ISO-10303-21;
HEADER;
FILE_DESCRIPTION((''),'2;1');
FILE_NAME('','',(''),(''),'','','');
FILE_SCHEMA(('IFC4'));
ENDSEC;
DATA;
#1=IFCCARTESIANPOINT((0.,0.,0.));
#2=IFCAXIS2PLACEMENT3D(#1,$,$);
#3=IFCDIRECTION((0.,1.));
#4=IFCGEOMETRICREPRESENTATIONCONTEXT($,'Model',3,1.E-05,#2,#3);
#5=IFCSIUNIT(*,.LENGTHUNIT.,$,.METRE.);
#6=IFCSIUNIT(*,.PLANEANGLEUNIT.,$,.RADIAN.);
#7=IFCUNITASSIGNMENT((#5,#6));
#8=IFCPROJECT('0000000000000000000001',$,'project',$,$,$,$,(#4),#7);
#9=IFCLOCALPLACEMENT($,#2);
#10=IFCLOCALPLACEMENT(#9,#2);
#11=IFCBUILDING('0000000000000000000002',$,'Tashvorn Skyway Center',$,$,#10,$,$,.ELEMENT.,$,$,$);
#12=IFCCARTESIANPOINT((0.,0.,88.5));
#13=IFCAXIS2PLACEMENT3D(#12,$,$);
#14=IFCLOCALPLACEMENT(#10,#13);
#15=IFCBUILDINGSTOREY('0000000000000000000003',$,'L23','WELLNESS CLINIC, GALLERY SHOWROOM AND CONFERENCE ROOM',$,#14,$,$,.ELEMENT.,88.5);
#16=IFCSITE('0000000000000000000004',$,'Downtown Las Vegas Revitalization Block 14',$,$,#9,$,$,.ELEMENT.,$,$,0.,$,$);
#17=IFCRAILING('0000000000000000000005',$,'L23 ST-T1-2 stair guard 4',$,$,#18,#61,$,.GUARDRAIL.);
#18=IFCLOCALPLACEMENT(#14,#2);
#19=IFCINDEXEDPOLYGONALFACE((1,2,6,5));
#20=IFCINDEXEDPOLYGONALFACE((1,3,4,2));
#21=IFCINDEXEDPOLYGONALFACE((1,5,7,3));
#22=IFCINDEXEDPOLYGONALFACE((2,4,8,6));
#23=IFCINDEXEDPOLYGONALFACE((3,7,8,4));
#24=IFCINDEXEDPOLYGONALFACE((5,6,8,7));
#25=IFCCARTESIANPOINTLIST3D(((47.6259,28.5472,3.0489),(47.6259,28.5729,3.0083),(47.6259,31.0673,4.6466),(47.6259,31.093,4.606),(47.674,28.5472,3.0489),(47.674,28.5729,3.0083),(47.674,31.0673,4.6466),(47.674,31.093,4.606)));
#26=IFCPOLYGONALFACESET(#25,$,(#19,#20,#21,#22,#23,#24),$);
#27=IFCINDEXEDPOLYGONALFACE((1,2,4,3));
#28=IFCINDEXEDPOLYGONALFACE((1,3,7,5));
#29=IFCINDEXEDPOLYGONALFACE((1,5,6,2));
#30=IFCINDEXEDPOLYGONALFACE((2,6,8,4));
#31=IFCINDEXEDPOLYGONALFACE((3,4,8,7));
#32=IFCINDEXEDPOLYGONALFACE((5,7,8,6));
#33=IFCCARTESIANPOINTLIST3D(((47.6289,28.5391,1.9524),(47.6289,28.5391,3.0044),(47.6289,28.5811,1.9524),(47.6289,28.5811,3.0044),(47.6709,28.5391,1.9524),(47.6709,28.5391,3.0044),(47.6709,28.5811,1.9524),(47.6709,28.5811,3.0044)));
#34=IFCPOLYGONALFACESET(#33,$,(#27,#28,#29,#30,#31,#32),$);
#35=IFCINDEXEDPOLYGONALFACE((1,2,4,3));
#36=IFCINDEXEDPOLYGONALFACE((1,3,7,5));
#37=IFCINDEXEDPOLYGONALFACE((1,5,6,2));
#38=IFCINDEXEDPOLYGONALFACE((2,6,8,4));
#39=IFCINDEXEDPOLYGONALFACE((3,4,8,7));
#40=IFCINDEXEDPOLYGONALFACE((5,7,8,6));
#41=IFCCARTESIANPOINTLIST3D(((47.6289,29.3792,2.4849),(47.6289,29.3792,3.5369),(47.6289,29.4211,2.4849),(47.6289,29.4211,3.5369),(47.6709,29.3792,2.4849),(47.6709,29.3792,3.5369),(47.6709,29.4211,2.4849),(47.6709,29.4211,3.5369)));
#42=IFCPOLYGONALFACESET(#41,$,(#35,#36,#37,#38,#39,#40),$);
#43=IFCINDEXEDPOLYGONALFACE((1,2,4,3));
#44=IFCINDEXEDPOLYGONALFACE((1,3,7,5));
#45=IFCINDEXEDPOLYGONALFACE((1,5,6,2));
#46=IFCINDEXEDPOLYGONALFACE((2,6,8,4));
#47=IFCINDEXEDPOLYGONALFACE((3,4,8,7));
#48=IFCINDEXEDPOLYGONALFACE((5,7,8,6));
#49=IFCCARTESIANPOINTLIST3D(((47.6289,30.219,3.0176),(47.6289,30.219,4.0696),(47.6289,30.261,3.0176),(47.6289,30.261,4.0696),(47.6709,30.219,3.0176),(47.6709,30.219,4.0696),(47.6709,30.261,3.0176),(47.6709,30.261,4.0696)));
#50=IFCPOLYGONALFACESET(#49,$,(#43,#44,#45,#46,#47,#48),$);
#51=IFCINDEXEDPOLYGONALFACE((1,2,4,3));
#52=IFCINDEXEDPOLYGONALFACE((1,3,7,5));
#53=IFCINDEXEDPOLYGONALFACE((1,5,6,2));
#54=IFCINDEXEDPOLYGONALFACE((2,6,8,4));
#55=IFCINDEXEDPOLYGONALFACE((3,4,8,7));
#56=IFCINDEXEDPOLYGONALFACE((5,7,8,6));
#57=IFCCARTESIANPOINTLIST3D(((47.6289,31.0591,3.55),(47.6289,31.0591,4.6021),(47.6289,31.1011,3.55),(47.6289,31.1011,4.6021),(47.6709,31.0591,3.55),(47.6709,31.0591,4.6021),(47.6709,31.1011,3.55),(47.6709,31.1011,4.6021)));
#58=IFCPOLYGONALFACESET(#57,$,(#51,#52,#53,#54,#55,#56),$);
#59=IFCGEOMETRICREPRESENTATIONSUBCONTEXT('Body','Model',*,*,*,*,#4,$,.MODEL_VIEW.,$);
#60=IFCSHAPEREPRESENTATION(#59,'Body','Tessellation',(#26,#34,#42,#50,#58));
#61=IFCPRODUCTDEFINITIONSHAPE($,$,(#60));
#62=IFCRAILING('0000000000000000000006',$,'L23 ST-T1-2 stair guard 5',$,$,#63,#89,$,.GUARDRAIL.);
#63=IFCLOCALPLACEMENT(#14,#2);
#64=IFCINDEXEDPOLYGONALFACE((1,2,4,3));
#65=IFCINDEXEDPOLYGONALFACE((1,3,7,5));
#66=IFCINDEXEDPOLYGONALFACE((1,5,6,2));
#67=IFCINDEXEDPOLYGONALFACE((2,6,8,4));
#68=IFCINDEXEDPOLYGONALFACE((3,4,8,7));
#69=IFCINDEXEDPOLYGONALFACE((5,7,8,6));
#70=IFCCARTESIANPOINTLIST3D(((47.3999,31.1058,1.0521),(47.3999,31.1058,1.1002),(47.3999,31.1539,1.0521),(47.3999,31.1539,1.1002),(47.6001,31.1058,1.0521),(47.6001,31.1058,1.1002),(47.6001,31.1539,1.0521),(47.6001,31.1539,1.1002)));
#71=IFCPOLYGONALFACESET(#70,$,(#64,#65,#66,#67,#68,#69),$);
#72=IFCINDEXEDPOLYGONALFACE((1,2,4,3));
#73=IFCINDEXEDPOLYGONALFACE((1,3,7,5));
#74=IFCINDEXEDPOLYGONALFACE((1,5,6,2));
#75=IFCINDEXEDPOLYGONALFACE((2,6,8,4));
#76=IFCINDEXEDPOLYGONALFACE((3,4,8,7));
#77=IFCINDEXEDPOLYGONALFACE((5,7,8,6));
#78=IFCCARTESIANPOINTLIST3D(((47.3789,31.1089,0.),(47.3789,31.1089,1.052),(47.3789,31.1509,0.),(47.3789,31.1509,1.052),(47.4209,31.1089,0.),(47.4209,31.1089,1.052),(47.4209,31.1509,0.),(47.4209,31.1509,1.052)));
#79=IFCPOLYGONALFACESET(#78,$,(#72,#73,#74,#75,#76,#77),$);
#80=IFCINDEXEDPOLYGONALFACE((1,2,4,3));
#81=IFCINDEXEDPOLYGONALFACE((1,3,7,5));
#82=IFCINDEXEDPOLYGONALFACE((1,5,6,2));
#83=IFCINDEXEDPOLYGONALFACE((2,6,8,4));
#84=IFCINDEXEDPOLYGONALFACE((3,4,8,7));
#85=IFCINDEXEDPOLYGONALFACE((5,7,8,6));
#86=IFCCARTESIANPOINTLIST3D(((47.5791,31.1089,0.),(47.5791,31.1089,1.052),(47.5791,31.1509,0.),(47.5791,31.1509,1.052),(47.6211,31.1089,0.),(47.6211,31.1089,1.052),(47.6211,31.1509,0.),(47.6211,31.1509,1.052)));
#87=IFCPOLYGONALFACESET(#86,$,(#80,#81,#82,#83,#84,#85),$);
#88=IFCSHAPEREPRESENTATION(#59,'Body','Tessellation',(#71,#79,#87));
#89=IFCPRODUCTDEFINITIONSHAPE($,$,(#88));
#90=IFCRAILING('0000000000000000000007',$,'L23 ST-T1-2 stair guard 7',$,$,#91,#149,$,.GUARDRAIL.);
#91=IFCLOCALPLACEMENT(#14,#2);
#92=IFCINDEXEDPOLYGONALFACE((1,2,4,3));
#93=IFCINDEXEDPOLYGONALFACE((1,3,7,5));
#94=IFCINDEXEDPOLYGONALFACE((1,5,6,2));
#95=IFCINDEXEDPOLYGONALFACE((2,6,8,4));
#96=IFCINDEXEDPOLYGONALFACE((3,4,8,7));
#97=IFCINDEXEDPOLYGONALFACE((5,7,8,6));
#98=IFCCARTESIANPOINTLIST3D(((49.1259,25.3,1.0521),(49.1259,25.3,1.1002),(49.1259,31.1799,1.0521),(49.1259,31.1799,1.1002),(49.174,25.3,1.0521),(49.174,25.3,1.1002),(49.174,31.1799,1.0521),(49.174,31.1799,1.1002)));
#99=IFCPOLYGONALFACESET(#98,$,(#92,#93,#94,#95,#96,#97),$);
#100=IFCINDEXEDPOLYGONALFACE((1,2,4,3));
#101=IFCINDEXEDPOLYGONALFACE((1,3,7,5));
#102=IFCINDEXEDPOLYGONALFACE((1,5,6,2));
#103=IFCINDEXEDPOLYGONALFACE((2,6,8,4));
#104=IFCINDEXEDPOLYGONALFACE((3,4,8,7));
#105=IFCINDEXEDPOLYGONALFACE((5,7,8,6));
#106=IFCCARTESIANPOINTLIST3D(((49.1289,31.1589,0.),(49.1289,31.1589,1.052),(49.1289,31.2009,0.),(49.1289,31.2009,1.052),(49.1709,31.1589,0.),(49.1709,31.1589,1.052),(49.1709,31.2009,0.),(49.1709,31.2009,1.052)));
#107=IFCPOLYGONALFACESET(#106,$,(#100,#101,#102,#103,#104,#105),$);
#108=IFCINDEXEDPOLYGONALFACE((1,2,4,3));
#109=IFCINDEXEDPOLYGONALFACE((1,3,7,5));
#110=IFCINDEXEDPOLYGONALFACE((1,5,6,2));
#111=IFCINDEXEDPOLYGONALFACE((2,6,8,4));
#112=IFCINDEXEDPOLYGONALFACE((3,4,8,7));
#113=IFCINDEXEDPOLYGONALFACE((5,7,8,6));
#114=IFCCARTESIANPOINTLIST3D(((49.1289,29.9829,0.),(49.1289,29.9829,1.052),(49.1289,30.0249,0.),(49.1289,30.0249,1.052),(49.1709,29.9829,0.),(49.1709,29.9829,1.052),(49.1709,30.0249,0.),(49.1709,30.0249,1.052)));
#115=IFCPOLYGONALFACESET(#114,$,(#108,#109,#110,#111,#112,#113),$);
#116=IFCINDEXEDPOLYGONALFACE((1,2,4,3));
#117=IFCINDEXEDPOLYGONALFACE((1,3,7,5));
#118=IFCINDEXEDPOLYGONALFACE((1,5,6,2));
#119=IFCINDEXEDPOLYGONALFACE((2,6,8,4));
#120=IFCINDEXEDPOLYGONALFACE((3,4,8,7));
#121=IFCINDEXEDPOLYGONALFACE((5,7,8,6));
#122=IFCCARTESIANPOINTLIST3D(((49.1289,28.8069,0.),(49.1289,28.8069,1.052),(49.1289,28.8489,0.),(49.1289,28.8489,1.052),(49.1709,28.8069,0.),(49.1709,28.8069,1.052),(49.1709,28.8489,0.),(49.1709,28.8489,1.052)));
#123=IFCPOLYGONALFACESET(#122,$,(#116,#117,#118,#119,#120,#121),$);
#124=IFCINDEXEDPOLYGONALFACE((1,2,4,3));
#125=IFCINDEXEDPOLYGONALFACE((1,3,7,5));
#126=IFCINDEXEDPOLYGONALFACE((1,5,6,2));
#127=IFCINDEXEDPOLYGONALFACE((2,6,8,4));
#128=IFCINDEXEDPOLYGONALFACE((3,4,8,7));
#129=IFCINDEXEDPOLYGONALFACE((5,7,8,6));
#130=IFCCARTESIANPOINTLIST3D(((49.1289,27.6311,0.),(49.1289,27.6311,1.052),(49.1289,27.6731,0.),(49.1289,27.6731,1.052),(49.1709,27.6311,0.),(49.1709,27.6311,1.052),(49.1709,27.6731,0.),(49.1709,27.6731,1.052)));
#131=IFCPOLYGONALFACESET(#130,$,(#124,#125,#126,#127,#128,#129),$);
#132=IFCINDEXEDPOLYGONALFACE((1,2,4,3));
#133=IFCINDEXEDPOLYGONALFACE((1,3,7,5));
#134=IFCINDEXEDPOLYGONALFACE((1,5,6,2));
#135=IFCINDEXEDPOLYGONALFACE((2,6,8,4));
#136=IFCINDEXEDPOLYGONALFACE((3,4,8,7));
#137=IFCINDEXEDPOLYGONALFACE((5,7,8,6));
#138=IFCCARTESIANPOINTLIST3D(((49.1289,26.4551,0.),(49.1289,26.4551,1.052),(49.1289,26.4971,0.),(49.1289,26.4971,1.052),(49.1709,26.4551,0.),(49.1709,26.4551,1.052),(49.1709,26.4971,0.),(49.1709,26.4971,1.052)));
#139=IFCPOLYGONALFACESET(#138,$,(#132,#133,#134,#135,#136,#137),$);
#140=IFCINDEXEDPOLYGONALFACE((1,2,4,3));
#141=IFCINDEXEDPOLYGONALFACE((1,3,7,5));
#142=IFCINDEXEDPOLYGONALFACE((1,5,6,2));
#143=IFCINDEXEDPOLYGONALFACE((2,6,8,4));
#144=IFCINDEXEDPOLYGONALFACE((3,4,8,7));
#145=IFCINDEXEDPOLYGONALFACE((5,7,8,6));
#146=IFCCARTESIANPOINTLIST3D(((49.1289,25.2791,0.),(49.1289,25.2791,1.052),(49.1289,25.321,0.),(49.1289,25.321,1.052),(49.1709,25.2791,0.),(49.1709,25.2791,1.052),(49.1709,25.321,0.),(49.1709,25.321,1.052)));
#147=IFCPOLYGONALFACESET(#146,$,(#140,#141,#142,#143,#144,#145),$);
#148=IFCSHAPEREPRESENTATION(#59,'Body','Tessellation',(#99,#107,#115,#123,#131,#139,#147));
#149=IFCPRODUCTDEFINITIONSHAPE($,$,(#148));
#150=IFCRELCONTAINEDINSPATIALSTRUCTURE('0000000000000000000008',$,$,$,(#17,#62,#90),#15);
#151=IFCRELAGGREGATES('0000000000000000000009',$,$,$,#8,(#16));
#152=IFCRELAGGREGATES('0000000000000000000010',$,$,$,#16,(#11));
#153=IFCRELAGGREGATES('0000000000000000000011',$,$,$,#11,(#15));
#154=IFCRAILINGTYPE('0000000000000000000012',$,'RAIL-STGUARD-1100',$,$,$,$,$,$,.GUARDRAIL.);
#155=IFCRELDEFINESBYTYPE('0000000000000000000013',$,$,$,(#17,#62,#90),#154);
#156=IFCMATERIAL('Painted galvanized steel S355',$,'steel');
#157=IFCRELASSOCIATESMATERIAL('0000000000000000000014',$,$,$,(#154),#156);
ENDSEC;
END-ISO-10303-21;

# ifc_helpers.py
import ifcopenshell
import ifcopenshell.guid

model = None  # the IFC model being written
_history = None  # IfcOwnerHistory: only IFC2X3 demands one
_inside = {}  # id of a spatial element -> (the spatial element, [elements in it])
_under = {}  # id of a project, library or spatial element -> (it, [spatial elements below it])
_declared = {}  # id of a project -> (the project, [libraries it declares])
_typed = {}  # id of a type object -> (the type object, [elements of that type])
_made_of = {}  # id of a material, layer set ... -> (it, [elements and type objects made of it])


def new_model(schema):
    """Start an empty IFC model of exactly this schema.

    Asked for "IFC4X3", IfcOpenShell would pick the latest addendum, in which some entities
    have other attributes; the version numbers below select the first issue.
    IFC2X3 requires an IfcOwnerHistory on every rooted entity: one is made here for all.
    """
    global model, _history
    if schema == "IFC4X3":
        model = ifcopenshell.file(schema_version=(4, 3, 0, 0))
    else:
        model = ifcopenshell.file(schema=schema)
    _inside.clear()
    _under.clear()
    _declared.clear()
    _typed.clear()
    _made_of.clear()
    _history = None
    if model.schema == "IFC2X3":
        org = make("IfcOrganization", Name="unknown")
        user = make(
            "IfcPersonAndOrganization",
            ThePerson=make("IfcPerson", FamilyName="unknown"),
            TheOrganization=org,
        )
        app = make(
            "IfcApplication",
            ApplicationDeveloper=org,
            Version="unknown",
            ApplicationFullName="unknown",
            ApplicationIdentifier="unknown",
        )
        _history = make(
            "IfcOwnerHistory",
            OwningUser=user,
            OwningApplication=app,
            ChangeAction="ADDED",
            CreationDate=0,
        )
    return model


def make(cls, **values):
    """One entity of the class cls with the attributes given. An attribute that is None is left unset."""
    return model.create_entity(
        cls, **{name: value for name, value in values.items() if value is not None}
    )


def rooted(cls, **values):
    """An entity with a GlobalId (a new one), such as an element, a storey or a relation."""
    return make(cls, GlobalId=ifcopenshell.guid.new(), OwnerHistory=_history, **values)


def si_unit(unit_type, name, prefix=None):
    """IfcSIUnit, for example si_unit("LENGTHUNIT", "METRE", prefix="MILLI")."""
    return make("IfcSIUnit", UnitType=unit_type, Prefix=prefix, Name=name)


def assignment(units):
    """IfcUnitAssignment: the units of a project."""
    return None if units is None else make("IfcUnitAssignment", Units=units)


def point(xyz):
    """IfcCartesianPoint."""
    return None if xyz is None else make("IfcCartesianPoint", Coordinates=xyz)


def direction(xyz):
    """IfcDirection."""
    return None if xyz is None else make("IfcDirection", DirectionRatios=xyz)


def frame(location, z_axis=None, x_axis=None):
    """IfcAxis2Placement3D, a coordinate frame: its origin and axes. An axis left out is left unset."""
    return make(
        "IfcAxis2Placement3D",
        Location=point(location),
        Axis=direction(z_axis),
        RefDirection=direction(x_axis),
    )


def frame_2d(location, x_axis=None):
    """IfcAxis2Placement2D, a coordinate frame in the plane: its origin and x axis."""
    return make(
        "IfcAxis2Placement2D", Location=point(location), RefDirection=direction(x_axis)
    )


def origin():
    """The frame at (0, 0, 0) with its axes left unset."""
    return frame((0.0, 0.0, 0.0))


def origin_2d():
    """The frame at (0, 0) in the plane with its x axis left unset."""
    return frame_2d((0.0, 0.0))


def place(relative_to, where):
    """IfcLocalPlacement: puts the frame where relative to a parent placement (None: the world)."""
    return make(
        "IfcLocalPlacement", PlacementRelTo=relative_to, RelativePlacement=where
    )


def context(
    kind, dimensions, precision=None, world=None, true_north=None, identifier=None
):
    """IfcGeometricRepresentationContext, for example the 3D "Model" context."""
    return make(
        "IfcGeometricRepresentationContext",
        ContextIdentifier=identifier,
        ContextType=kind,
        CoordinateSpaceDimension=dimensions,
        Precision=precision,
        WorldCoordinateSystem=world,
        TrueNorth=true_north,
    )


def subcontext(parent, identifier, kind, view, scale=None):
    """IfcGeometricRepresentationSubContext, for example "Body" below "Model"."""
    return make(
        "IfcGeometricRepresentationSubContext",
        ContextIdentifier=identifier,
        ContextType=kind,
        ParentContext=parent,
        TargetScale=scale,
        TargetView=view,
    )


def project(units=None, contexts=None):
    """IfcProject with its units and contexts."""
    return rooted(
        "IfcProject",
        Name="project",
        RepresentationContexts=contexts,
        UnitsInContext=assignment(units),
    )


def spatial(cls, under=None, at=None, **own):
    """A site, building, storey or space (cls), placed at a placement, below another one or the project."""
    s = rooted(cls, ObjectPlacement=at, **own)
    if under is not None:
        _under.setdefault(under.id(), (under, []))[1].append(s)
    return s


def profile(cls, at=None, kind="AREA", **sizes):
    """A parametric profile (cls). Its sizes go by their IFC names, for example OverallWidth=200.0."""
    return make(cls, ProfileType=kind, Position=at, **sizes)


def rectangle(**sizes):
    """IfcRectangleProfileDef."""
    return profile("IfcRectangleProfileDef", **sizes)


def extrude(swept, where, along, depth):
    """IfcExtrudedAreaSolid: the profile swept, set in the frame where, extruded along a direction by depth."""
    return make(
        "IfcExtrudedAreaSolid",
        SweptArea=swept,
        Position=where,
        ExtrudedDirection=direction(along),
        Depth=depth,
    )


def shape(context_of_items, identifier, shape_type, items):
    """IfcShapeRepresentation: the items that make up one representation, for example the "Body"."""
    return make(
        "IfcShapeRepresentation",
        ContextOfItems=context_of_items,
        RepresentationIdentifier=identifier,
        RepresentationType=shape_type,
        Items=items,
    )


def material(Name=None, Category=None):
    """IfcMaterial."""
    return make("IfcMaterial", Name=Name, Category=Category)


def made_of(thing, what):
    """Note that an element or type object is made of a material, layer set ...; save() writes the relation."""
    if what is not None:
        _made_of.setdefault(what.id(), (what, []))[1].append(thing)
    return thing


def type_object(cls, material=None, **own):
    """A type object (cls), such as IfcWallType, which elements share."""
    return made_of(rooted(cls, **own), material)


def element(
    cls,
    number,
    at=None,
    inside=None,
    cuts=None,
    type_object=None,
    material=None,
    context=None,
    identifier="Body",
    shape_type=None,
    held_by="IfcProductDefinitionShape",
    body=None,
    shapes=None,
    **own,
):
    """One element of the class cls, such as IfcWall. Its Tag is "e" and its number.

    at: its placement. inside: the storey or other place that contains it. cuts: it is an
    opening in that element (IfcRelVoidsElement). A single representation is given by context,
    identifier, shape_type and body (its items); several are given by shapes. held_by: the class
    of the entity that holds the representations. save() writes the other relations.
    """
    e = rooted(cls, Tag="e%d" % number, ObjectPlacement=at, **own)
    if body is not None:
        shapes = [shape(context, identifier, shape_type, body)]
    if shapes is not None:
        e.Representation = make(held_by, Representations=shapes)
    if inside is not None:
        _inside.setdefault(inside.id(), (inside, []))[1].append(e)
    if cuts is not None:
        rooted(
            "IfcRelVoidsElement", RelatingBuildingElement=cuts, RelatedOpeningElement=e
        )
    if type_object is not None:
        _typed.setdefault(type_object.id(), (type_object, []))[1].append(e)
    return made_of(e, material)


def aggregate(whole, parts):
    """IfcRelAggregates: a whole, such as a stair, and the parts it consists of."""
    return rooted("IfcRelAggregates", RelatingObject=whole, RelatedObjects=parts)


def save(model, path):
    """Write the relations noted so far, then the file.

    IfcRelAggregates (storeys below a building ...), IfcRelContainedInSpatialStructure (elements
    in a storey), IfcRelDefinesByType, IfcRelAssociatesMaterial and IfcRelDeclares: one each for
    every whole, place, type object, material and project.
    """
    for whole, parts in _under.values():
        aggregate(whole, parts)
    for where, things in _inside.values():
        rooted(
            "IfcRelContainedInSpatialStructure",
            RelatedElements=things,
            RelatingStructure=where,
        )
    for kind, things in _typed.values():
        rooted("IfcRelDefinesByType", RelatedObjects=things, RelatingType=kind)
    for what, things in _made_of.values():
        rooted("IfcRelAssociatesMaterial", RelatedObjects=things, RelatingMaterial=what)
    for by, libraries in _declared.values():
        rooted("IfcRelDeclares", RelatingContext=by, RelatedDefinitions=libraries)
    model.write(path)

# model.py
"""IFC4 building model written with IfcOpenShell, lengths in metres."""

from ifc_helpers import new_model, si_unit, direction, frame, origin, origin_2d, place, context, subcontext, project, spatial, rectangle, extrude, material, type_object, element, save


model = new_model("IFC4")

# Units and contexts
model_context = context("Model", 3, precision=1e-05, world=origin(), true_north=direction((0.0, 1.0)))
body_context = subcontext(model_context, "Body", "Model", "MODEL_VIEW")
ifc_project = project(units=[si_unit("LENGTHUNIT", "METRE"), si_unit("PLANEANGLEUNIT", "RADIAN")], contexts=[model_context])

# Site, building, storey
site_placement = place(None, origin())
site = spatial("IfcSite", under=ifc_project, at=site_placement, Name="Downtown Las Vegas Revitalization Block 14", CompositionType="ELEMENT", RefElevation=0.0)
building_placement = place(site_placement, origin())
building = spatial("IfcBuilding", under=site, at=building_placement, Name="Tashvorn Skyway Center", CompositionType="ELEMENT")
storey_placement = place(building_placement, frame((0.0, 0.0, 88.5)))
storey = spatial("IfcBuildingStorey", under=building, at=storey_placement, Name="L23", Description="WELLNESS CLINIC, GALLERY SHOWROOM AND CONFERENCE ROOM", CompositionType="ELEMENT", Elevation=88.5)

# Railings
ifc_material_1 = material(Name="Painted galvanized steel S355", Category="steel")
railing_type_1 = type_object("IfcRailingType", Name="RAIL-STGUARD-1100", PredefinedType="GUARDRAIL", material=ifc_material_1)
railing_1_placement = place(storey_placement, frame((47.6499, 28.5601, 1.9524)))
element("IfcRailing", 1, at=railing_1_placement, inside=storey, type_object=railing_type_1, Name="L23 ST-T1-2 stair guard 4", PredefinedType="GUARDRAIL", context=body_context, shape_type="SweptSolid", body=[
    extrude(rectangle(XDim=0.0481, YDim=0.0481, at=origin_2d()), frame((0.0, 0.0, 1.0762), z_axis=(0.0, 0.84457, 0.535445), x_axis=(-1.0, 0.0, 0.0)), (0.0, 0.0, 1.0), 2.9839),
    extrude(rectangle(XDim=0.042, YDim=0.042, at=origin_2d()), origin(), (0.0, 0.0, 1.0), 1.052),
    extrude(rectangle(XDim=0.042, YDim=0.042, at=origin_2d()), frame((0.0, 0.8401, 0.5325)), (0.0, 0.0, 1.0), 1.052),
    extrude(rectangle(XDim=0.042, YDim=0.042, at=origin_2d()), frame((0.0, 1.6799, 1.0652)), (0.0, 0.0, 1.0), 1.052),
    extrude(rectangle(XDim=0.042, YDim=0.042, at=origin_2d()), frame((0.0, 2.52, 1.5977)), (0.0, 0.0, 1.0), 1.052),
])
railing_2_placement = place(storey_placement, frame((47.3999, 31.1299, 0.0)))
element("IfcRailing", 2, at=railing_2_placement, inside=storey, type_object=railing_type_1, Name="L23 ST-T1-2 stair guard 5", PredefinedType="GUARDRAIL", context=body_context, shape_type="SweptSolid", body=[
    extrude(rectangle(XDim=0.0481, YDim=0.0481, at=origin_2d()), frame((0.0, 0.0, 1.0762), z_axis=(1.0, 0.0, 0.0), x_axis=(0.0, 1.0, 0.0)), (0.0, 0.0, 1.0), 0.2002),
    extrude(rectangle(XDim=0.042, YDim=0.042, at=origin_2d()), origin(), (0.0, 0.0, 1.0), 1.052),
    extrude(rectangle(XDim=0.042, YDim=0.042, at=origin_2d()), frame((0.2002, 0.0, 0.0)), (0.0, 0.0, 1.0), 1.052),
])
railing_3_placement = place(storey_placement, frame((49.1499, 31.1799, 0.0)))
element("IfcRailing", 3, at=railing_3_placement, inside=storey, type_object=railing_type_1, Name="L23 ST-T1-2 stair guard 7", PredefinedType="GUARDRAIL", context=body_context, shape_type="SweptSolid", body=[
    extrude(rectangle(XDim=0.0481, YDim=0.0481, at=origin_2d()), frame((0.0, 0.0, 1.0762), z_axis=(0.0, -1.0, 0.0), x_axis=(1.0, 0.0, 0.0)), (0.0, 0.0, 1.0), 5.8799),
    extrude(rectangle(XDim=0.042, YDim=0.042, at=origin_2d()), origin(), (0.0, 0.0, 1.0), 1.052),
    extrude(rectangle(XDim=0.042, YDim=0.042, at=origin_2d()), frame((0.0, -1.176, 0.0)), (0.0, 0.0, 1.0), 1.052),
    extrude(rectangle(XDim=0.042, YDim=0.042, at=origin_2d()), frame((0.0, -2.3521, 0.0)), (0.0, 0.0, 1.0), 1.052),
    extrude(rectangle(XDim=0.042, YDim=0.042, at=origin_2d()), frame((0.0, -3.5278, 0.0)), (0.0, 0.0, 1.0), 1.052),
    extrude(rectangle(XDim=0.042, YDim=0.042, at=origin_2d()), frame((0.0, -4.7039, 0.0)), (0.0, 0.0, 1.0), 1.052),
    extrude(rectangle(XDim=0.042, YDim=0.042, at=origin_2d()), frame((0.0, -5.8799, 0.0)), (0.0, 0.0, 1.0), 1.052),
])

save(model, "model.ifc")
